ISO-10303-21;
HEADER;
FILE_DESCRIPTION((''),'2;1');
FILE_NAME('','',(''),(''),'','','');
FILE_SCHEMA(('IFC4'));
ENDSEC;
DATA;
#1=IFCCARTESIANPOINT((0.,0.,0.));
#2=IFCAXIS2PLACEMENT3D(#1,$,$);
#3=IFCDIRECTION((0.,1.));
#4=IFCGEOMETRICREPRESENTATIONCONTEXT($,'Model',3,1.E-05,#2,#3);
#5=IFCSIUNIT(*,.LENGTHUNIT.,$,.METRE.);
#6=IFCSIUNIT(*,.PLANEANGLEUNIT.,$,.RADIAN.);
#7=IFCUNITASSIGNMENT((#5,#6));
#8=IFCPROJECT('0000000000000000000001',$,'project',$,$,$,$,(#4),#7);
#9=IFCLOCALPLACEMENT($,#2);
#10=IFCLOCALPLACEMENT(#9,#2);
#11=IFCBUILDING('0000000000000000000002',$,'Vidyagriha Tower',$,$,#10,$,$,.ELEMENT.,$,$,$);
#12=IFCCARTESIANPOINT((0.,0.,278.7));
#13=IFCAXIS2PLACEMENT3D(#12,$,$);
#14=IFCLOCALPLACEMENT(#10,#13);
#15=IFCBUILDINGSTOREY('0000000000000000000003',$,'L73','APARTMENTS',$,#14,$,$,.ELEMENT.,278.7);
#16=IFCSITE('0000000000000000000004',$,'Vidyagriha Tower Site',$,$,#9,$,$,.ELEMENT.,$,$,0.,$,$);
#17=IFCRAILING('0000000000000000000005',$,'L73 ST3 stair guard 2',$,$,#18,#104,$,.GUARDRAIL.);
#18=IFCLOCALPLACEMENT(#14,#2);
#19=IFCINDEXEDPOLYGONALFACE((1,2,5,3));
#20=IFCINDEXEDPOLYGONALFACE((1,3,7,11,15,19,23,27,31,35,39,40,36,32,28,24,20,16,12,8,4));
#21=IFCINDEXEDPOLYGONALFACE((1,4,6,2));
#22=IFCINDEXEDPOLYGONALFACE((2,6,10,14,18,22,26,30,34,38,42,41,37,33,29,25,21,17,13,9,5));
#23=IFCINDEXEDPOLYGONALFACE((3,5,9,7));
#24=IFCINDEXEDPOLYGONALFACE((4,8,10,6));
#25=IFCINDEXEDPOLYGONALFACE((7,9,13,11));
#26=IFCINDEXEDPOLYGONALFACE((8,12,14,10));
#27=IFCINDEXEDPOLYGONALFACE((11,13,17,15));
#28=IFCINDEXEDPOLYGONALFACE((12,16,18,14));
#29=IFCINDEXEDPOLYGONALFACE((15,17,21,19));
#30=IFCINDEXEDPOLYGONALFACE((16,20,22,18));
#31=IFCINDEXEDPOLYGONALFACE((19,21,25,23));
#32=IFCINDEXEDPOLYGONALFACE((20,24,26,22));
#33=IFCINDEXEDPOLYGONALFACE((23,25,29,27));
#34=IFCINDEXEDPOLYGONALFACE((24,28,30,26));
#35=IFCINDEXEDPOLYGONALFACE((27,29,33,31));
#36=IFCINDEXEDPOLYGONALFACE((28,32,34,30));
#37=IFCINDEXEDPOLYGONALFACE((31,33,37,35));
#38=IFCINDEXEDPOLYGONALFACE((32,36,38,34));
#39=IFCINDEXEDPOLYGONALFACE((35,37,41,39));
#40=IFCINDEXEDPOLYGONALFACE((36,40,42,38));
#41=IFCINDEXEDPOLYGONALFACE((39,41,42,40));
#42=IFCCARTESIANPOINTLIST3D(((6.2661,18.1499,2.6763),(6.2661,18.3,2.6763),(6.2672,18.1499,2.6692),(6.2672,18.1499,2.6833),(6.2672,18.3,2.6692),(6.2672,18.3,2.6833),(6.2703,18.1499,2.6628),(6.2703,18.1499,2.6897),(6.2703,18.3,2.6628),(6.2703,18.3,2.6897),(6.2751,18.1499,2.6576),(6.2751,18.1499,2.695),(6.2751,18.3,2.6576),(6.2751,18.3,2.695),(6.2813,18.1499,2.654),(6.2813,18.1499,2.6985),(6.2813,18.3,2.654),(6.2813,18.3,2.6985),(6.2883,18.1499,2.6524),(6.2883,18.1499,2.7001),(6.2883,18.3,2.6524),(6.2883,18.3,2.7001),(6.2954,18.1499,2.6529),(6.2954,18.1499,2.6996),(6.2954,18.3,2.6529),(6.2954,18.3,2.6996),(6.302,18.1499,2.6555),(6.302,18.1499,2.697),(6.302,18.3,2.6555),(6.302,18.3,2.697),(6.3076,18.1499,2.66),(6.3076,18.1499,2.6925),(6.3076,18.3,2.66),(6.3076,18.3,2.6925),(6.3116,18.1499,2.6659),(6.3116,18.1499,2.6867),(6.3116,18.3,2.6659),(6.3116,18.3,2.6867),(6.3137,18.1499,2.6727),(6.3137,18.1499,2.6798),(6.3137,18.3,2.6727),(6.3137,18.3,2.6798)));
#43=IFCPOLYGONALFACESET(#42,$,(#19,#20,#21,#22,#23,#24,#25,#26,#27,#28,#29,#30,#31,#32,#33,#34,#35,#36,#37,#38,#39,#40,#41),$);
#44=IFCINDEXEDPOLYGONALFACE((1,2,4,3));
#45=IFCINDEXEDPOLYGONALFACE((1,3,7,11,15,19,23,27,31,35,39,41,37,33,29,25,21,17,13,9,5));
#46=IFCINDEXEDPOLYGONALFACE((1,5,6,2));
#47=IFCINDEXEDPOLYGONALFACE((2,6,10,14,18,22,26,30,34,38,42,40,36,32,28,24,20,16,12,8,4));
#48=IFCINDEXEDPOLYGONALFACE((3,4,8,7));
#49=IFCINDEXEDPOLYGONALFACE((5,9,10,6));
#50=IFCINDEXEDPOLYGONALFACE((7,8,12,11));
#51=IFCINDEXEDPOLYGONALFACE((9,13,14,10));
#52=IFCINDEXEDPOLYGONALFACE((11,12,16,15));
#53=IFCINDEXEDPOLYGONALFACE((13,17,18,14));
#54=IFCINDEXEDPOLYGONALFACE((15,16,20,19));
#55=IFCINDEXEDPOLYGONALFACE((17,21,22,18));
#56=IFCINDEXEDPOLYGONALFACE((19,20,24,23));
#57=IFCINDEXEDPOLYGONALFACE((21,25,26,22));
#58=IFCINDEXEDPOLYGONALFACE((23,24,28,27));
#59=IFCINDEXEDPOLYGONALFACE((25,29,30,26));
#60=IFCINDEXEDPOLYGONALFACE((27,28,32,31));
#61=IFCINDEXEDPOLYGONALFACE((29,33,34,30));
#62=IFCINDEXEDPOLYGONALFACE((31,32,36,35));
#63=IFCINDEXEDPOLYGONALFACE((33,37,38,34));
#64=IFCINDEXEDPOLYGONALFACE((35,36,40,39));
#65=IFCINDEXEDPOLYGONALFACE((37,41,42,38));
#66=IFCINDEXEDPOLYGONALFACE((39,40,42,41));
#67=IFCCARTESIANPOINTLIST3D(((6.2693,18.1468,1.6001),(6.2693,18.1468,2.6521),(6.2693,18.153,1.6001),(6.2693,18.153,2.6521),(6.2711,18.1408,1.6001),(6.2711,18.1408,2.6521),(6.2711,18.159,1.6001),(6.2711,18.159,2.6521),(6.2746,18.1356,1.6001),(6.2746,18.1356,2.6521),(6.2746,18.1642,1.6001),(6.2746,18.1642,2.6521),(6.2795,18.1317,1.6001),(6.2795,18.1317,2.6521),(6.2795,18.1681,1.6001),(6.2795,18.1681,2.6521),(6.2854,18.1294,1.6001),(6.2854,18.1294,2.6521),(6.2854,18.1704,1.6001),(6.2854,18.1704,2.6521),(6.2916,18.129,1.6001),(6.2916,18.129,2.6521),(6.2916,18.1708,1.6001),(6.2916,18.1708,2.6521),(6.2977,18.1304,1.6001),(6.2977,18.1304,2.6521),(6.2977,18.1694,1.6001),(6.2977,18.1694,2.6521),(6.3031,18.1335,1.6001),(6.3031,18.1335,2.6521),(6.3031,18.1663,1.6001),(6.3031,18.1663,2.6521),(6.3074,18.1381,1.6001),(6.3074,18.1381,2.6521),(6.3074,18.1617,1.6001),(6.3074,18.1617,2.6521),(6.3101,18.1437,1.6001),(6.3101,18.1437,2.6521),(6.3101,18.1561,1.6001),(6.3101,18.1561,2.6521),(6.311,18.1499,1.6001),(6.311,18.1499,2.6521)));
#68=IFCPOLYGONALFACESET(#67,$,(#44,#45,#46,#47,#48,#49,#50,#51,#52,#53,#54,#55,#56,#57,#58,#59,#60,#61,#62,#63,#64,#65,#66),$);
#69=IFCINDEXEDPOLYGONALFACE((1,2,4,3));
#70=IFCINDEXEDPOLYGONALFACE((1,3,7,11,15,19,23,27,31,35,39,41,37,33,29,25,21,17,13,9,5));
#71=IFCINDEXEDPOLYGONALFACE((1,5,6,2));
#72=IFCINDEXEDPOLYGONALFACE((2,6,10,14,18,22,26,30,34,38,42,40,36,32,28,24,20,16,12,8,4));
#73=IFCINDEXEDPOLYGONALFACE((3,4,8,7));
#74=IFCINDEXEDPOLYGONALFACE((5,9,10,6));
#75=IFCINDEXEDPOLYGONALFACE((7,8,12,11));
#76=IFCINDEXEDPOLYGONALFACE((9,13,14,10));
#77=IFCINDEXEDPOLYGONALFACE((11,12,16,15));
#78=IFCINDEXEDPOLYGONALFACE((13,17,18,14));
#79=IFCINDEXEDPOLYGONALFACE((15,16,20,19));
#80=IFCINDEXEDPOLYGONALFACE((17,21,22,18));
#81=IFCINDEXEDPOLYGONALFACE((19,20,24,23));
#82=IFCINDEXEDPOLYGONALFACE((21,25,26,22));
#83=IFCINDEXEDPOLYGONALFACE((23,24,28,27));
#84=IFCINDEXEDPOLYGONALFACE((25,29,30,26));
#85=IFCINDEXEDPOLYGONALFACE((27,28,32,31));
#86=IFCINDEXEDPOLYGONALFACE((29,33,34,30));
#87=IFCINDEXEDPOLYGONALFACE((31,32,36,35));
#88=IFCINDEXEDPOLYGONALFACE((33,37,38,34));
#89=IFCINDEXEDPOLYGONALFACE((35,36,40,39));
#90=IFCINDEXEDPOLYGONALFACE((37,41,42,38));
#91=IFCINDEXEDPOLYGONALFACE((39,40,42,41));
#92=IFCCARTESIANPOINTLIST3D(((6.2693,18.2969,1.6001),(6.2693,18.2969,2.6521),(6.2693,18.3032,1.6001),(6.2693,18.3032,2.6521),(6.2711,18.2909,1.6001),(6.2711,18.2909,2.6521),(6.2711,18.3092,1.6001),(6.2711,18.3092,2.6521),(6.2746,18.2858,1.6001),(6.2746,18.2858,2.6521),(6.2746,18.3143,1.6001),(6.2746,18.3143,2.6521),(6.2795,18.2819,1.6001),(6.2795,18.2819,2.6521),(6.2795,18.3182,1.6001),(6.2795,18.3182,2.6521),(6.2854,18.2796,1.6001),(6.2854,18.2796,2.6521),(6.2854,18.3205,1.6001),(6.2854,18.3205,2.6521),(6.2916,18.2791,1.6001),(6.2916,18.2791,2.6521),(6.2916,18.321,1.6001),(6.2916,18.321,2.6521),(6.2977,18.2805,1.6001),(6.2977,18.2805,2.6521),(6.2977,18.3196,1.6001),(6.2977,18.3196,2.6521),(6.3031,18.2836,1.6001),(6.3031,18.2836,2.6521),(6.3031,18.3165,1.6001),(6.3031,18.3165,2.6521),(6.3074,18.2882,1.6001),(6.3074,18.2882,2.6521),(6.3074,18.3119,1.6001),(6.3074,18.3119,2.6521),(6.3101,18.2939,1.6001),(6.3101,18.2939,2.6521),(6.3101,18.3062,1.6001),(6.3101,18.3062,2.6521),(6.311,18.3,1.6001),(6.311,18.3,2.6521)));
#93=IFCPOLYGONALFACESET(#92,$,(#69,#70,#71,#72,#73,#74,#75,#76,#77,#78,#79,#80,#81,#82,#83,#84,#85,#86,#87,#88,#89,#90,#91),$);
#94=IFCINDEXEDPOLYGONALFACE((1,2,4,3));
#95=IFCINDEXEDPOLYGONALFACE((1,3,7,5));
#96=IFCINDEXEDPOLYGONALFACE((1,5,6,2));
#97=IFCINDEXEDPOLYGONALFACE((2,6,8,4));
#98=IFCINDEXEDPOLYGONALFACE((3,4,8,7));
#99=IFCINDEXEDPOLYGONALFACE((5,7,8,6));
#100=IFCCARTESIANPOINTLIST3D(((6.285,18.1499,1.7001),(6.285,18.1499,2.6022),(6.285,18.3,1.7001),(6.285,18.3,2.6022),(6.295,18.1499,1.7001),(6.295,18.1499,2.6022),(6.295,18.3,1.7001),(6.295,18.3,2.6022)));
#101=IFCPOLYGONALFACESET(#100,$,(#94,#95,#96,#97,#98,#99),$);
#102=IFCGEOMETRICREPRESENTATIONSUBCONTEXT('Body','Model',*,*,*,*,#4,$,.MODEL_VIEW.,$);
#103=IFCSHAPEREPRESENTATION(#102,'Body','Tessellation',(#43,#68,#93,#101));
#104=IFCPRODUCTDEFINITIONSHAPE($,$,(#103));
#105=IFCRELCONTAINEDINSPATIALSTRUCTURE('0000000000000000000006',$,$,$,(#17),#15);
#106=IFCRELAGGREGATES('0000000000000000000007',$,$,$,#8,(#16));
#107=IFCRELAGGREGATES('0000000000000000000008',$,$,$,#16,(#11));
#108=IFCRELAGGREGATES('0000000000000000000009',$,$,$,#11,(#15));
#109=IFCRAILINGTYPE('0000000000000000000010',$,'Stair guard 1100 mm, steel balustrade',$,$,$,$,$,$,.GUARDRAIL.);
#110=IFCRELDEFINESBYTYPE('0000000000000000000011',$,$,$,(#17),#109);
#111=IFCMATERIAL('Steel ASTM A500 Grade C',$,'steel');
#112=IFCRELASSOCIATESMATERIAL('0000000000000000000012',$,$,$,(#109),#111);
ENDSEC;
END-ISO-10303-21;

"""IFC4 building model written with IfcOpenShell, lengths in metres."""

from ifc_helpers import new_model, si_unit, direction, frame, origin, origin_2d, place, context, subcontext, project, spatial, rectangle, circle, extrude, material, type_object, element, save


model = new_model("IFC4")

# Units and contexts
model_context = context("Model", 3, precision=1e-05, world=origin(), true_north=direction((0.0, 1.0)))
body_context = subcontext(model_context, "Body", "Model", "MODEL_VIEW")
ifc_project = project(units=[si_unit("LENGTHUNIT", "METRE"), si_unit("PLANEANGLEUNIT", "RADIAN")], contexts=[model_context])

# Site, building, storey
site_placement = place(None, origin())
site = spatial("IfcSite", under=ifc_project, at=site_placement, Name="Vidyagriha Tower Site", CompositionType="ELEMENT", RefElevation=0.0)
building_placement = place(site_placement, origin())
building = spatial("IfcBuilding", under=site, at=building_placement, Name="Vidyagriha Tower", CompositionType="ELEMENT")
storey_placement = place(building_placement, frame((0.0, 0.0, 278.7)))
storey = spatial("IfcBuildingStorey", under=building, at=storey_placement, Name="L73", Description="APARTMENTS", CompositionType="ELEMENT", Elevation=278.7)

# Railing
ifc_material_1 = material(Name="Steel ASTM A500 Grade C", Category="steel")
railing_type_1 = type_object("IfcRailingType", Name="Stair guard 1100 mm, steel balustrade", PredefinedType="GUARDRAIL", material=ifc_material_1)
railing_1_placement = place(storey_placement, frame((6.29, 18.1499, 1.6001)))
element("IfcRailing", 1, at=railing_1_placement, inside=storey, type_object=railing_type_1, Name="L73 ST3 stair guard 2", PredefinedType="GUARDRAIL", context=body_context, shape_type="SweptSolid", body=[
    extrude(circle(Radius=0.0239, at=origin_2d()), frame((0.0, 0.0, 1.0762), z_axis=(0.0, 1.0, 0.0), x_axis=(-1.0, 0.0, 0.0)), (0.0, 0.0, 1.0), 0.1501),
    extrude(circle(Radius=0.021, at=origin_2d()), origin(), (0.0, 0.0, 1.0), 1.052),
    extrude(circle(Radius=0.021, at=origin_2d()), frame((0.0, 0.1501, 0.0)), (0.0, 0.0, 1.0), 1.052),
    extrude(rectangle(XDim=0.01, YDim=0.9021, at=origin_2d()), frame((0.0, 0.0, 0.551), z_axis=(0.0, 1.0, 0.0), x_axis=(-1.0, 0.0, 0.0)), (0.0, 0.0, 1.0), 0.1501),
])

save(model, "model.ifc")
